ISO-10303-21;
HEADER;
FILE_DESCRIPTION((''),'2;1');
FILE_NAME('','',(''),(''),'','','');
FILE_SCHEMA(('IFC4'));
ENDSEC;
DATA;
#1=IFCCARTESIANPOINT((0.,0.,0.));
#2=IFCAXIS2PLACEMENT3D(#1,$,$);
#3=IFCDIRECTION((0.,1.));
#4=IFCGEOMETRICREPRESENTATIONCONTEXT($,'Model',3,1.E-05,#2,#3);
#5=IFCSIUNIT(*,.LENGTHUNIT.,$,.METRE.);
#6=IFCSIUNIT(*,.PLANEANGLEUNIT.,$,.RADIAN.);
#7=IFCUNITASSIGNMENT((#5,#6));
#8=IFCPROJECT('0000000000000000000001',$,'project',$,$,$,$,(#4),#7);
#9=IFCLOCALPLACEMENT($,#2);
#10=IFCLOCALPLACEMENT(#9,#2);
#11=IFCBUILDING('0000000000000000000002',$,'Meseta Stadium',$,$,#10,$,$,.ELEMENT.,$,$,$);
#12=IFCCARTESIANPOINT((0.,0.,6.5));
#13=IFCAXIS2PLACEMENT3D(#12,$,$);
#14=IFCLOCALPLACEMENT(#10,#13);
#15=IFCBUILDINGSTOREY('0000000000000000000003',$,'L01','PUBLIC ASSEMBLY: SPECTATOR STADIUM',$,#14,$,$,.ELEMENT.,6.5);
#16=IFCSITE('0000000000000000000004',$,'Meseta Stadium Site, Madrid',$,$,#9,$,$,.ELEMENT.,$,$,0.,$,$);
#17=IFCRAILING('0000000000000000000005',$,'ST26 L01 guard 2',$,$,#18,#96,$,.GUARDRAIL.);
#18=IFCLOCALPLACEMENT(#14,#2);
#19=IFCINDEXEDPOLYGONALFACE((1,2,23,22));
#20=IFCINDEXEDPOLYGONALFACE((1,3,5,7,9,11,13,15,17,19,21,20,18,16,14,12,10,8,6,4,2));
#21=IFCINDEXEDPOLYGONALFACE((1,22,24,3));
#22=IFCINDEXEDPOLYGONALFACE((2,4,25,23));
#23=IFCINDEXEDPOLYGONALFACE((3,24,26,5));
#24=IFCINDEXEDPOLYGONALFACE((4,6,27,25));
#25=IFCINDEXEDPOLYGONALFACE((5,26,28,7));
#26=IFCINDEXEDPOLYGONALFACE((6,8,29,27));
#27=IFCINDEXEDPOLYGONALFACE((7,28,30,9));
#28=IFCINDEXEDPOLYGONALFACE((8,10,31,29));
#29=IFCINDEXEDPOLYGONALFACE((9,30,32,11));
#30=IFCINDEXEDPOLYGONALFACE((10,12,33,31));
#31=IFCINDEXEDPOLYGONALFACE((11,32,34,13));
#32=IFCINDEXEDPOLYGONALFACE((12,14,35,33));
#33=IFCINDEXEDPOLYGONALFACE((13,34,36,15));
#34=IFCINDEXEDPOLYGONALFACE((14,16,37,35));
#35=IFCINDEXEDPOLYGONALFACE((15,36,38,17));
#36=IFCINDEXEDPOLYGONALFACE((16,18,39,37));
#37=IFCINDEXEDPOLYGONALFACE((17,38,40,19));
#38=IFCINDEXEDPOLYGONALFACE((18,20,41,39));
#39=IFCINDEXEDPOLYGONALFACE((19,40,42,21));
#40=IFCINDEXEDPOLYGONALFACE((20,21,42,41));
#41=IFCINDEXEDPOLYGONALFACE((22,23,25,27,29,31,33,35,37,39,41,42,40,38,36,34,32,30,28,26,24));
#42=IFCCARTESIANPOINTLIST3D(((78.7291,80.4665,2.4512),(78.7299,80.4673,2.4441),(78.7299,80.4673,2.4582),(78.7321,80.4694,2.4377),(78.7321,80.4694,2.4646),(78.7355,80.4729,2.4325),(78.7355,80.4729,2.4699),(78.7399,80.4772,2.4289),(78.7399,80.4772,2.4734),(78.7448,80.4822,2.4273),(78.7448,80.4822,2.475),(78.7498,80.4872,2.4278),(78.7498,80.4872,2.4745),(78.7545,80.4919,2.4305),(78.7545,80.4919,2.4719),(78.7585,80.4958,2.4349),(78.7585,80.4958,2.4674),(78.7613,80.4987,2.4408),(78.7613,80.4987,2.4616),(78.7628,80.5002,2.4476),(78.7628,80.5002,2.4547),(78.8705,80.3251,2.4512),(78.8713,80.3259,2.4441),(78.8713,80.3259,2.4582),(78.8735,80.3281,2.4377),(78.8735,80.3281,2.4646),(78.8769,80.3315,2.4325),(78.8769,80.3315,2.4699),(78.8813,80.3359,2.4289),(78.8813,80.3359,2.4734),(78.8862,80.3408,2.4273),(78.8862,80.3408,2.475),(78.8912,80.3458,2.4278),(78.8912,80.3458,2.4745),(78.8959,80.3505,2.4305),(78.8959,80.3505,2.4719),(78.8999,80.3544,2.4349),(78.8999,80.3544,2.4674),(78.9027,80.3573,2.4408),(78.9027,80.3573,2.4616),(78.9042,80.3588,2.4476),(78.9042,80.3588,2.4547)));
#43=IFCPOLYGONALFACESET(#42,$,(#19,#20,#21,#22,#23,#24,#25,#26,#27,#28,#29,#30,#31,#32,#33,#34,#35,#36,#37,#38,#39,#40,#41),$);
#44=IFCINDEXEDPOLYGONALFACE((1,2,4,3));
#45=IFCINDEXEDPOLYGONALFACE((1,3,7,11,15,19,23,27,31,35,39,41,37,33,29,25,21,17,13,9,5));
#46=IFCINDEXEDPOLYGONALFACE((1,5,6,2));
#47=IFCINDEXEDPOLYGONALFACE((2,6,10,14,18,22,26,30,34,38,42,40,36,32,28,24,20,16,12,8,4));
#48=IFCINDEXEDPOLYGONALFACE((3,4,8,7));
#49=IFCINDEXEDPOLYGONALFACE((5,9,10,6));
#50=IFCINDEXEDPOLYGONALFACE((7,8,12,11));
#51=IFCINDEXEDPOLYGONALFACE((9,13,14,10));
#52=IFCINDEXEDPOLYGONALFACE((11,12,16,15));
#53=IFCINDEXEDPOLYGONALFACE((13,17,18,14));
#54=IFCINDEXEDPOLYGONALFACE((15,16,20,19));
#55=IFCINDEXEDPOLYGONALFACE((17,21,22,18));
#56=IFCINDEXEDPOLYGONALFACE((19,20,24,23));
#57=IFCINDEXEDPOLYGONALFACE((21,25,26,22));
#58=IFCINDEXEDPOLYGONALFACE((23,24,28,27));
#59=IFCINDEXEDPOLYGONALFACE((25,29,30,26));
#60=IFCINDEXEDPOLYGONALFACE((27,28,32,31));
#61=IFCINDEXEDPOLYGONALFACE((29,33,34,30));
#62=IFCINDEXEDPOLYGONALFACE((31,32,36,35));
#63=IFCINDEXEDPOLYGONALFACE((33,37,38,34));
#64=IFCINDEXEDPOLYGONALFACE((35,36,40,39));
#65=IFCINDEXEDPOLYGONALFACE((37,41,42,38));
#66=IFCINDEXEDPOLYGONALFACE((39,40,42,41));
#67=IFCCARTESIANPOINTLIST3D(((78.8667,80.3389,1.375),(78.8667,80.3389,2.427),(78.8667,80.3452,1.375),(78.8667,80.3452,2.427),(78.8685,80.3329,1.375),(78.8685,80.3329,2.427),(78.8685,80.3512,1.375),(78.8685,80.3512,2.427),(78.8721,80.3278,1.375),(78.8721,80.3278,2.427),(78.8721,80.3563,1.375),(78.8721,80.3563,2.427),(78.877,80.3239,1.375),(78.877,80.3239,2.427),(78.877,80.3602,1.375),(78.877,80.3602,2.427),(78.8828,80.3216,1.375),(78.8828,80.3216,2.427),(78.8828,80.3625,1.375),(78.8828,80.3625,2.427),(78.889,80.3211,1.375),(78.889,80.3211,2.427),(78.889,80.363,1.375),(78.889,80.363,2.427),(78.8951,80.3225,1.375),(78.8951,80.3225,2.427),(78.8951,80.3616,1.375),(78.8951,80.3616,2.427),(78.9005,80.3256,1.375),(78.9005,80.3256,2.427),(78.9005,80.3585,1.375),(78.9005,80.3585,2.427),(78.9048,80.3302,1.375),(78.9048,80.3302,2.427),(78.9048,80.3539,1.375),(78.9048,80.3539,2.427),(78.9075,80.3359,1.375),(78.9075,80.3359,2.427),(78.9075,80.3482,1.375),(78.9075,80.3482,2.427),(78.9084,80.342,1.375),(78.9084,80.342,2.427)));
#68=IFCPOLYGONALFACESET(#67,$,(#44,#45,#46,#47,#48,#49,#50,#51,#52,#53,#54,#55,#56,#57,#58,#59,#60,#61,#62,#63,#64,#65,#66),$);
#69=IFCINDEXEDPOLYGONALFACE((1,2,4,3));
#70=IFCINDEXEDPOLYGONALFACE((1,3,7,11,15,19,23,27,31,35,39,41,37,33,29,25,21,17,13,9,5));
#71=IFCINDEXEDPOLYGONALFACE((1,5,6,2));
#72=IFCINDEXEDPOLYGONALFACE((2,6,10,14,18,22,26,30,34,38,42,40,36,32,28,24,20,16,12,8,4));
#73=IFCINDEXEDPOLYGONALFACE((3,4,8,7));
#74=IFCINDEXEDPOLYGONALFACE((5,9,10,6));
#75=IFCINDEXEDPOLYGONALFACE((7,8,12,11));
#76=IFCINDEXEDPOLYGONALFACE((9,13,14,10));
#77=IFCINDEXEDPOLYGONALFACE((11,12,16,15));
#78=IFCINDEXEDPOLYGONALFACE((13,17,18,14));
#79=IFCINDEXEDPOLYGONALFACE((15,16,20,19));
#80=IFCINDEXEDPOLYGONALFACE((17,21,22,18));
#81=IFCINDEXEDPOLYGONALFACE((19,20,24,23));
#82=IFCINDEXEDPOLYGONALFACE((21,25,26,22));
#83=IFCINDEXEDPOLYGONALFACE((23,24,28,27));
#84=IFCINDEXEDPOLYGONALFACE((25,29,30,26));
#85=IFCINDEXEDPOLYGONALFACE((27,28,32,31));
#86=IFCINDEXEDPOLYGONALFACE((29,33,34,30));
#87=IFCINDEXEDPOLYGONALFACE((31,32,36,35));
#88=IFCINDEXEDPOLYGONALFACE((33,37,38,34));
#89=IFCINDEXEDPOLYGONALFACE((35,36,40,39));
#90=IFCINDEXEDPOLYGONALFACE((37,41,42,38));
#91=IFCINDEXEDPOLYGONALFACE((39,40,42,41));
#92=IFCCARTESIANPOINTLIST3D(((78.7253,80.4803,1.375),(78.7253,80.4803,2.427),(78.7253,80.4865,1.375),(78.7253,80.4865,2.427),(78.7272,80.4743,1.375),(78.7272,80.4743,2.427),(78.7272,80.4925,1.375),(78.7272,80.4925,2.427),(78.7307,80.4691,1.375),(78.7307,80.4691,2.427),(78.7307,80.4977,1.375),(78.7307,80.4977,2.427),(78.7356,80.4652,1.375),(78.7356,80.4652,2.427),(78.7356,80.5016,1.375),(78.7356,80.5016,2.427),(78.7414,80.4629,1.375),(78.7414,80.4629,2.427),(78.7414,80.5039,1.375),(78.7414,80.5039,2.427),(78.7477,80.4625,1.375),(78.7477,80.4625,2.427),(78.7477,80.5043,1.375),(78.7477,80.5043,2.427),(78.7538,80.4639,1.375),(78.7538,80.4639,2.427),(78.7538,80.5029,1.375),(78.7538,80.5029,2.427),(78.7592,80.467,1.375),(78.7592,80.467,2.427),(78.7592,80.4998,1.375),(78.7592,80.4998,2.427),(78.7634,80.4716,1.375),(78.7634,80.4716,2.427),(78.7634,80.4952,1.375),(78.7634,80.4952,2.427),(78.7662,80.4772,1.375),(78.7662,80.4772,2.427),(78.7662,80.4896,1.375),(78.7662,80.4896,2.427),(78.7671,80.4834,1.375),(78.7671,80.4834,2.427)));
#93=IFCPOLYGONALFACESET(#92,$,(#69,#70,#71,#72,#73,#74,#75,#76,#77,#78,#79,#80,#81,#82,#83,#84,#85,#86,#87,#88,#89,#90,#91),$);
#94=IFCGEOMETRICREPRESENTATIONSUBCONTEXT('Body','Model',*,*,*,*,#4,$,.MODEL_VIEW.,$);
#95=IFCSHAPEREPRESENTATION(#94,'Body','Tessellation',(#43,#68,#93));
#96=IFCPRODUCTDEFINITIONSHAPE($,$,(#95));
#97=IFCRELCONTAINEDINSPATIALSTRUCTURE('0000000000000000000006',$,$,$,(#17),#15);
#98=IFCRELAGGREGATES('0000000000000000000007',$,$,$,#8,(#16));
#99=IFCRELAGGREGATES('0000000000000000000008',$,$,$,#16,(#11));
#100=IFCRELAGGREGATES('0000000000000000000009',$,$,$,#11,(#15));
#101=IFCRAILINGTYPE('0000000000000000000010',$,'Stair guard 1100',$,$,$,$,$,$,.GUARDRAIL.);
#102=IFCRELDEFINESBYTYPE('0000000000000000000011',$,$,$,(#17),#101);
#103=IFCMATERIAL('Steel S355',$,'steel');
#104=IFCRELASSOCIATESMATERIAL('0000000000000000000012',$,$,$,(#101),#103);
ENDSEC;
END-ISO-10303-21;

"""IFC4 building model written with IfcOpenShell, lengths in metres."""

from ifc_helpers import new_model, si_unit, direction, frame, origin, origin_2d, place, context, subcontext, project, spatial, circle, extrude, material, type_object, element, save


model = new_model("IFC4")

# Units and contexts
model_context = context("Model", 3, precision=1e-05, world=origin(), true_north=direction((0.0, 1.0)))
body_context = subcontext(model_context, "Body", "Model", "MODEL_VIEW")
ifc_project = project(units=[si_unit("LENGTHUNIT", "METRE"), si_unit("PLANEANGLEUNIT", "RADIAN")], contexts=[model_context])

# Site, building, storey
site_placement = place(None, origin())
site = spatial("IfcSite", under=ifc_project, at=site_placement, Name="Meseta Stadium Site, Madrid", CompositionType="ELEMENT", RefElevation=0.0)
building_placement = place(site_placement, origin())
building = spatial("IfcBuilding", under=site, at=building_placement, Name="Meseta Stadium", CompositionType="ELEMENT")
storey_placement = place(building_placement, frame((0.0, 0.0, 6.5)))
storey = spatial("IfcBuildingStorey", under=building, at=storey_placement, Name="L01", Description="PUBLIC ASSEMBLY: SPECTATOR STADIUM", CompositionType="ELEMENT", Elevation=6.5)

# Railing
ifc_material_1 = material(Name="Steel S355", Category="steel")
railing_type_1 = type_object("IfcRailingType", Name="Stair guard 1100", PredefinedType="GUARDRAIL", material=ifc_material_1)
railing_1_placement = place(storey_placement, frame((78.8875, 80.342, 1.375)))
element("IfcRailing", 1, at=railing_1_placement, inside=storey, type_object=railing_type_1, Name="ST26 L01 guard 2", PredefinedType="GUARDRAIL", context=body_context, shape_type="SweptSolid", body=[
    extrude(circle(Radius=0.0239, at=origin_2d()), frame((0.0, 0.0, 1.0762), z_axis=(-0.707107, 0.707107, 0.0), x_axis=(-0.707107, -0.707107, 0.0)), (0.0, 0.0, 1.0), 0.2),
    extrude(circle(Radius=0.021, at=origin_2d()), origin(), (0.0, 0.0, 1.0), 1.052),
    extrude(circle(Radius=0.021, at=origin_2d()), frame((-0.1414, 0.1414, 0.0)), (0.0, 0.0, 1.0), 1.052),
])

save(model, "model.ifc")
